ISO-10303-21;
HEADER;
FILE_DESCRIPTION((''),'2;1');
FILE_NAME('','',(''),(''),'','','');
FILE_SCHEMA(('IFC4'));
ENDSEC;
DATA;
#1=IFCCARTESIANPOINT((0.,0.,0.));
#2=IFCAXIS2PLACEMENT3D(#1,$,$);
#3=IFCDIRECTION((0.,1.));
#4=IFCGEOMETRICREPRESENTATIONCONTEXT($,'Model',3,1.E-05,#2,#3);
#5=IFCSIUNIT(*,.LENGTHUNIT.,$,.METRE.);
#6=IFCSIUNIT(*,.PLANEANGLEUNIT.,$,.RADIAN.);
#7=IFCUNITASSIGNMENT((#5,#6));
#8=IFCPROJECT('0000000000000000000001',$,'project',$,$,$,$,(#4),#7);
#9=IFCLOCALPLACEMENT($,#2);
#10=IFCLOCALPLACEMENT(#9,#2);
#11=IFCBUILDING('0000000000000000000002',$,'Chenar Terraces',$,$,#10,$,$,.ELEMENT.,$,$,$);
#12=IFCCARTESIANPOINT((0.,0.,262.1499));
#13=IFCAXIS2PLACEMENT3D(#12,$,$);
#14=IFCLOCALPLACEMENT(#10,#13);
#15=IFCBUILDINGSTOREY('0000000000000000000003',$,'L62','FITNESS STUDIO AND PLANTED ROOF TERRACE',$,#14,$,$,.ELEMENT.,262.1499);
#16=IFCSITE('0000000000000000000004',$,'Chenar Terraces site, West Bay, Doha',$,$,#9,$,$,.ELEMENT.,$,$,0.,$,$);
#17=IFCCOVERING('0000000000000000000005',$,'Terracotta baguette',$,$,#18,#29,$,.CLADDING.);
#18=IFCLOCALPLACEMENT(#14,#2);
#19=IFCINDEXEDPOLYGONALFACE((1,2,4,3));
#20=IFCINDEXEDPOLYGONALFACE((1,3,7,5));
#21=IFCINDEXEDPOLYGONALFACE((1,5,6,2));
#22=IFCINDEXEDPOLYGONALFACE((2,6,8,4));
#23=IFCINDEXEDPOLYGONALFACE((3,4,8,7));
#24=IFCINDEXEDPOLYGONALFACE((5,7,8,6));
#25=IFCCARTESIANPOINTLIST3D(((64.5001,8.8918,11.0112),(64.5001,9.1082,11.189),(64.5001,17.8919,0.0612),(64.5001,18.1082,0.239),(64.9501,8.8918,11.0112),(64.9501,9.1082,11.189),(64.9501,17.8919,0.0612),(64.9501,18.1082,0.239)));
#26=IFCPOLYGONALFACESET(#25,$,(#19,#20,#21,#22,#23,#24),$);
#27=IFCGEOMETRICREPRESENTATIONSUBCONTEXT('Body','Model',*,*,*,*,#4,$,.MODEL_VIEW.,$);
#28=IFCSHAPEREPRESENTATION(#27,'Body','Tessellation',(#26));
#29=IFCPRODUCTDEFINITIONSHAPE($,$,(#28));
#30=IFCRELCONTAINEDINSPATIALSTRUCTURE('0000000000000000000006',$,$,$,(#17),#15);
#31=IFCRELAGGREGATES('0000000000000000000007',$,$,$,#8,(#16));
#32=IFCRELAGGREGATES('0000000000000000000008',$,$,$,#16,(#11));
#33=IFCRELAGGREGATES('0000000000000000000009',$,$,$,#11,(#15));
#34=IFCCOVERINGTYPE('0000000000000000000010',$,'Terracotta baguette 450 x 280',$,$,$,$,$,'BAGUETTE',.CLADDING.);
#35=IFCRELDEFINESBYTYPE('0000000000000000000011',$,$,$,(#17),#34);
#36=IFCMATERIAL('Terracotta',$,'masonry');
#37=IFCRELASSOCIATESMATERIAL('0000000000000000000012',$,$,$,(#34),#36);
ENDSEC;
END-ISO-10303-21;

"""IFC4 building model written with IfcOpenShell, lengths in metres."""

from ifc_helpers import new_model, si_unit, direction, frame, origin, origin_2d, place, context, subcontext, project, spatial, rectangle, extrude, material, material_profile, profile_set, type_object, element, save


model = new_model("IFC4")

# Units and contexts
model_context = context("Model", 3, precision=1e-05, world=origin(), true_north=direction((0.0, 1.0)))
body_context = subcontext(model_context, "Body", "Model", "MODEL_VIEW")
ifc_project = project(units=[si_unit("LENGTHUNIT", "METRE"), si_unit("PLANEANGLEUNIT", "RADIAN")], contexts=[model_context])

# Site, building, storey
site_placement = place(None, origin())
site = spatial("IfcSite", under=ifc_project, at=site_placement, Name="Chenar Terraces site, West Bay, Doha", CompositionType="ELEMENT", RefElevation=0.0)
building_placement = place(site_placement, origin())
building = spatial("IfcBuilding", under=site, at=building_placement, Name="Chenar Terraces", CompositionType="ELEMENT")
storey_placement = place(building_placement, frame((0.0, 0.0, 262.1499)))
storey = spatial("IfcBuildingStorey", under=building, at=storey_placement, Name="L62", Description="FITNESS STUDIO AND PLANTED ROOF TERRACE", CompositionType="ELEMENT", Elevation=262.1499)

# Covering
ifc_material_1 = material(Name="Terracotta", Category="masonry")
ifc_material_profile_1 = material_profile(ifc_material_1, rectangle(XDim=0.45, YDim=0.28, at=origin_2d()), Name="Terracotta baguette 450 x 280")
ifc_profile_set_1 = profile_set([ifc_material_profile_1], Name="Terracotta")
covering_type = type_object("IfcCoveringType", Name="Terracotta baguette 450 x 280", ElementType="BAGUETTE", PredefinedType="CLADDING", material=ifc_profile_set_1)
covering_placement = place(storey_placement, frame((64.7251, 9.0, 11.1001), z_axis=(0.0, 0.634967, -0.772539), x_axis=(-1.0, 0.0, 0.0)))
element("IfcCovering", 1, at=covering_placement, inside=storey, type_object=covering_type, Name="Terracotta baguette", PredefinedType="CLADDING", context=body_context, shape_type="SweptSolid", body=[
    extrude(rectangle(XDim=0.45, YDim=0.28, at=origin_2d()), origin(), (0.0, 0.0, 1.0), 14.1741),
])

save(model, "model.ifc")
